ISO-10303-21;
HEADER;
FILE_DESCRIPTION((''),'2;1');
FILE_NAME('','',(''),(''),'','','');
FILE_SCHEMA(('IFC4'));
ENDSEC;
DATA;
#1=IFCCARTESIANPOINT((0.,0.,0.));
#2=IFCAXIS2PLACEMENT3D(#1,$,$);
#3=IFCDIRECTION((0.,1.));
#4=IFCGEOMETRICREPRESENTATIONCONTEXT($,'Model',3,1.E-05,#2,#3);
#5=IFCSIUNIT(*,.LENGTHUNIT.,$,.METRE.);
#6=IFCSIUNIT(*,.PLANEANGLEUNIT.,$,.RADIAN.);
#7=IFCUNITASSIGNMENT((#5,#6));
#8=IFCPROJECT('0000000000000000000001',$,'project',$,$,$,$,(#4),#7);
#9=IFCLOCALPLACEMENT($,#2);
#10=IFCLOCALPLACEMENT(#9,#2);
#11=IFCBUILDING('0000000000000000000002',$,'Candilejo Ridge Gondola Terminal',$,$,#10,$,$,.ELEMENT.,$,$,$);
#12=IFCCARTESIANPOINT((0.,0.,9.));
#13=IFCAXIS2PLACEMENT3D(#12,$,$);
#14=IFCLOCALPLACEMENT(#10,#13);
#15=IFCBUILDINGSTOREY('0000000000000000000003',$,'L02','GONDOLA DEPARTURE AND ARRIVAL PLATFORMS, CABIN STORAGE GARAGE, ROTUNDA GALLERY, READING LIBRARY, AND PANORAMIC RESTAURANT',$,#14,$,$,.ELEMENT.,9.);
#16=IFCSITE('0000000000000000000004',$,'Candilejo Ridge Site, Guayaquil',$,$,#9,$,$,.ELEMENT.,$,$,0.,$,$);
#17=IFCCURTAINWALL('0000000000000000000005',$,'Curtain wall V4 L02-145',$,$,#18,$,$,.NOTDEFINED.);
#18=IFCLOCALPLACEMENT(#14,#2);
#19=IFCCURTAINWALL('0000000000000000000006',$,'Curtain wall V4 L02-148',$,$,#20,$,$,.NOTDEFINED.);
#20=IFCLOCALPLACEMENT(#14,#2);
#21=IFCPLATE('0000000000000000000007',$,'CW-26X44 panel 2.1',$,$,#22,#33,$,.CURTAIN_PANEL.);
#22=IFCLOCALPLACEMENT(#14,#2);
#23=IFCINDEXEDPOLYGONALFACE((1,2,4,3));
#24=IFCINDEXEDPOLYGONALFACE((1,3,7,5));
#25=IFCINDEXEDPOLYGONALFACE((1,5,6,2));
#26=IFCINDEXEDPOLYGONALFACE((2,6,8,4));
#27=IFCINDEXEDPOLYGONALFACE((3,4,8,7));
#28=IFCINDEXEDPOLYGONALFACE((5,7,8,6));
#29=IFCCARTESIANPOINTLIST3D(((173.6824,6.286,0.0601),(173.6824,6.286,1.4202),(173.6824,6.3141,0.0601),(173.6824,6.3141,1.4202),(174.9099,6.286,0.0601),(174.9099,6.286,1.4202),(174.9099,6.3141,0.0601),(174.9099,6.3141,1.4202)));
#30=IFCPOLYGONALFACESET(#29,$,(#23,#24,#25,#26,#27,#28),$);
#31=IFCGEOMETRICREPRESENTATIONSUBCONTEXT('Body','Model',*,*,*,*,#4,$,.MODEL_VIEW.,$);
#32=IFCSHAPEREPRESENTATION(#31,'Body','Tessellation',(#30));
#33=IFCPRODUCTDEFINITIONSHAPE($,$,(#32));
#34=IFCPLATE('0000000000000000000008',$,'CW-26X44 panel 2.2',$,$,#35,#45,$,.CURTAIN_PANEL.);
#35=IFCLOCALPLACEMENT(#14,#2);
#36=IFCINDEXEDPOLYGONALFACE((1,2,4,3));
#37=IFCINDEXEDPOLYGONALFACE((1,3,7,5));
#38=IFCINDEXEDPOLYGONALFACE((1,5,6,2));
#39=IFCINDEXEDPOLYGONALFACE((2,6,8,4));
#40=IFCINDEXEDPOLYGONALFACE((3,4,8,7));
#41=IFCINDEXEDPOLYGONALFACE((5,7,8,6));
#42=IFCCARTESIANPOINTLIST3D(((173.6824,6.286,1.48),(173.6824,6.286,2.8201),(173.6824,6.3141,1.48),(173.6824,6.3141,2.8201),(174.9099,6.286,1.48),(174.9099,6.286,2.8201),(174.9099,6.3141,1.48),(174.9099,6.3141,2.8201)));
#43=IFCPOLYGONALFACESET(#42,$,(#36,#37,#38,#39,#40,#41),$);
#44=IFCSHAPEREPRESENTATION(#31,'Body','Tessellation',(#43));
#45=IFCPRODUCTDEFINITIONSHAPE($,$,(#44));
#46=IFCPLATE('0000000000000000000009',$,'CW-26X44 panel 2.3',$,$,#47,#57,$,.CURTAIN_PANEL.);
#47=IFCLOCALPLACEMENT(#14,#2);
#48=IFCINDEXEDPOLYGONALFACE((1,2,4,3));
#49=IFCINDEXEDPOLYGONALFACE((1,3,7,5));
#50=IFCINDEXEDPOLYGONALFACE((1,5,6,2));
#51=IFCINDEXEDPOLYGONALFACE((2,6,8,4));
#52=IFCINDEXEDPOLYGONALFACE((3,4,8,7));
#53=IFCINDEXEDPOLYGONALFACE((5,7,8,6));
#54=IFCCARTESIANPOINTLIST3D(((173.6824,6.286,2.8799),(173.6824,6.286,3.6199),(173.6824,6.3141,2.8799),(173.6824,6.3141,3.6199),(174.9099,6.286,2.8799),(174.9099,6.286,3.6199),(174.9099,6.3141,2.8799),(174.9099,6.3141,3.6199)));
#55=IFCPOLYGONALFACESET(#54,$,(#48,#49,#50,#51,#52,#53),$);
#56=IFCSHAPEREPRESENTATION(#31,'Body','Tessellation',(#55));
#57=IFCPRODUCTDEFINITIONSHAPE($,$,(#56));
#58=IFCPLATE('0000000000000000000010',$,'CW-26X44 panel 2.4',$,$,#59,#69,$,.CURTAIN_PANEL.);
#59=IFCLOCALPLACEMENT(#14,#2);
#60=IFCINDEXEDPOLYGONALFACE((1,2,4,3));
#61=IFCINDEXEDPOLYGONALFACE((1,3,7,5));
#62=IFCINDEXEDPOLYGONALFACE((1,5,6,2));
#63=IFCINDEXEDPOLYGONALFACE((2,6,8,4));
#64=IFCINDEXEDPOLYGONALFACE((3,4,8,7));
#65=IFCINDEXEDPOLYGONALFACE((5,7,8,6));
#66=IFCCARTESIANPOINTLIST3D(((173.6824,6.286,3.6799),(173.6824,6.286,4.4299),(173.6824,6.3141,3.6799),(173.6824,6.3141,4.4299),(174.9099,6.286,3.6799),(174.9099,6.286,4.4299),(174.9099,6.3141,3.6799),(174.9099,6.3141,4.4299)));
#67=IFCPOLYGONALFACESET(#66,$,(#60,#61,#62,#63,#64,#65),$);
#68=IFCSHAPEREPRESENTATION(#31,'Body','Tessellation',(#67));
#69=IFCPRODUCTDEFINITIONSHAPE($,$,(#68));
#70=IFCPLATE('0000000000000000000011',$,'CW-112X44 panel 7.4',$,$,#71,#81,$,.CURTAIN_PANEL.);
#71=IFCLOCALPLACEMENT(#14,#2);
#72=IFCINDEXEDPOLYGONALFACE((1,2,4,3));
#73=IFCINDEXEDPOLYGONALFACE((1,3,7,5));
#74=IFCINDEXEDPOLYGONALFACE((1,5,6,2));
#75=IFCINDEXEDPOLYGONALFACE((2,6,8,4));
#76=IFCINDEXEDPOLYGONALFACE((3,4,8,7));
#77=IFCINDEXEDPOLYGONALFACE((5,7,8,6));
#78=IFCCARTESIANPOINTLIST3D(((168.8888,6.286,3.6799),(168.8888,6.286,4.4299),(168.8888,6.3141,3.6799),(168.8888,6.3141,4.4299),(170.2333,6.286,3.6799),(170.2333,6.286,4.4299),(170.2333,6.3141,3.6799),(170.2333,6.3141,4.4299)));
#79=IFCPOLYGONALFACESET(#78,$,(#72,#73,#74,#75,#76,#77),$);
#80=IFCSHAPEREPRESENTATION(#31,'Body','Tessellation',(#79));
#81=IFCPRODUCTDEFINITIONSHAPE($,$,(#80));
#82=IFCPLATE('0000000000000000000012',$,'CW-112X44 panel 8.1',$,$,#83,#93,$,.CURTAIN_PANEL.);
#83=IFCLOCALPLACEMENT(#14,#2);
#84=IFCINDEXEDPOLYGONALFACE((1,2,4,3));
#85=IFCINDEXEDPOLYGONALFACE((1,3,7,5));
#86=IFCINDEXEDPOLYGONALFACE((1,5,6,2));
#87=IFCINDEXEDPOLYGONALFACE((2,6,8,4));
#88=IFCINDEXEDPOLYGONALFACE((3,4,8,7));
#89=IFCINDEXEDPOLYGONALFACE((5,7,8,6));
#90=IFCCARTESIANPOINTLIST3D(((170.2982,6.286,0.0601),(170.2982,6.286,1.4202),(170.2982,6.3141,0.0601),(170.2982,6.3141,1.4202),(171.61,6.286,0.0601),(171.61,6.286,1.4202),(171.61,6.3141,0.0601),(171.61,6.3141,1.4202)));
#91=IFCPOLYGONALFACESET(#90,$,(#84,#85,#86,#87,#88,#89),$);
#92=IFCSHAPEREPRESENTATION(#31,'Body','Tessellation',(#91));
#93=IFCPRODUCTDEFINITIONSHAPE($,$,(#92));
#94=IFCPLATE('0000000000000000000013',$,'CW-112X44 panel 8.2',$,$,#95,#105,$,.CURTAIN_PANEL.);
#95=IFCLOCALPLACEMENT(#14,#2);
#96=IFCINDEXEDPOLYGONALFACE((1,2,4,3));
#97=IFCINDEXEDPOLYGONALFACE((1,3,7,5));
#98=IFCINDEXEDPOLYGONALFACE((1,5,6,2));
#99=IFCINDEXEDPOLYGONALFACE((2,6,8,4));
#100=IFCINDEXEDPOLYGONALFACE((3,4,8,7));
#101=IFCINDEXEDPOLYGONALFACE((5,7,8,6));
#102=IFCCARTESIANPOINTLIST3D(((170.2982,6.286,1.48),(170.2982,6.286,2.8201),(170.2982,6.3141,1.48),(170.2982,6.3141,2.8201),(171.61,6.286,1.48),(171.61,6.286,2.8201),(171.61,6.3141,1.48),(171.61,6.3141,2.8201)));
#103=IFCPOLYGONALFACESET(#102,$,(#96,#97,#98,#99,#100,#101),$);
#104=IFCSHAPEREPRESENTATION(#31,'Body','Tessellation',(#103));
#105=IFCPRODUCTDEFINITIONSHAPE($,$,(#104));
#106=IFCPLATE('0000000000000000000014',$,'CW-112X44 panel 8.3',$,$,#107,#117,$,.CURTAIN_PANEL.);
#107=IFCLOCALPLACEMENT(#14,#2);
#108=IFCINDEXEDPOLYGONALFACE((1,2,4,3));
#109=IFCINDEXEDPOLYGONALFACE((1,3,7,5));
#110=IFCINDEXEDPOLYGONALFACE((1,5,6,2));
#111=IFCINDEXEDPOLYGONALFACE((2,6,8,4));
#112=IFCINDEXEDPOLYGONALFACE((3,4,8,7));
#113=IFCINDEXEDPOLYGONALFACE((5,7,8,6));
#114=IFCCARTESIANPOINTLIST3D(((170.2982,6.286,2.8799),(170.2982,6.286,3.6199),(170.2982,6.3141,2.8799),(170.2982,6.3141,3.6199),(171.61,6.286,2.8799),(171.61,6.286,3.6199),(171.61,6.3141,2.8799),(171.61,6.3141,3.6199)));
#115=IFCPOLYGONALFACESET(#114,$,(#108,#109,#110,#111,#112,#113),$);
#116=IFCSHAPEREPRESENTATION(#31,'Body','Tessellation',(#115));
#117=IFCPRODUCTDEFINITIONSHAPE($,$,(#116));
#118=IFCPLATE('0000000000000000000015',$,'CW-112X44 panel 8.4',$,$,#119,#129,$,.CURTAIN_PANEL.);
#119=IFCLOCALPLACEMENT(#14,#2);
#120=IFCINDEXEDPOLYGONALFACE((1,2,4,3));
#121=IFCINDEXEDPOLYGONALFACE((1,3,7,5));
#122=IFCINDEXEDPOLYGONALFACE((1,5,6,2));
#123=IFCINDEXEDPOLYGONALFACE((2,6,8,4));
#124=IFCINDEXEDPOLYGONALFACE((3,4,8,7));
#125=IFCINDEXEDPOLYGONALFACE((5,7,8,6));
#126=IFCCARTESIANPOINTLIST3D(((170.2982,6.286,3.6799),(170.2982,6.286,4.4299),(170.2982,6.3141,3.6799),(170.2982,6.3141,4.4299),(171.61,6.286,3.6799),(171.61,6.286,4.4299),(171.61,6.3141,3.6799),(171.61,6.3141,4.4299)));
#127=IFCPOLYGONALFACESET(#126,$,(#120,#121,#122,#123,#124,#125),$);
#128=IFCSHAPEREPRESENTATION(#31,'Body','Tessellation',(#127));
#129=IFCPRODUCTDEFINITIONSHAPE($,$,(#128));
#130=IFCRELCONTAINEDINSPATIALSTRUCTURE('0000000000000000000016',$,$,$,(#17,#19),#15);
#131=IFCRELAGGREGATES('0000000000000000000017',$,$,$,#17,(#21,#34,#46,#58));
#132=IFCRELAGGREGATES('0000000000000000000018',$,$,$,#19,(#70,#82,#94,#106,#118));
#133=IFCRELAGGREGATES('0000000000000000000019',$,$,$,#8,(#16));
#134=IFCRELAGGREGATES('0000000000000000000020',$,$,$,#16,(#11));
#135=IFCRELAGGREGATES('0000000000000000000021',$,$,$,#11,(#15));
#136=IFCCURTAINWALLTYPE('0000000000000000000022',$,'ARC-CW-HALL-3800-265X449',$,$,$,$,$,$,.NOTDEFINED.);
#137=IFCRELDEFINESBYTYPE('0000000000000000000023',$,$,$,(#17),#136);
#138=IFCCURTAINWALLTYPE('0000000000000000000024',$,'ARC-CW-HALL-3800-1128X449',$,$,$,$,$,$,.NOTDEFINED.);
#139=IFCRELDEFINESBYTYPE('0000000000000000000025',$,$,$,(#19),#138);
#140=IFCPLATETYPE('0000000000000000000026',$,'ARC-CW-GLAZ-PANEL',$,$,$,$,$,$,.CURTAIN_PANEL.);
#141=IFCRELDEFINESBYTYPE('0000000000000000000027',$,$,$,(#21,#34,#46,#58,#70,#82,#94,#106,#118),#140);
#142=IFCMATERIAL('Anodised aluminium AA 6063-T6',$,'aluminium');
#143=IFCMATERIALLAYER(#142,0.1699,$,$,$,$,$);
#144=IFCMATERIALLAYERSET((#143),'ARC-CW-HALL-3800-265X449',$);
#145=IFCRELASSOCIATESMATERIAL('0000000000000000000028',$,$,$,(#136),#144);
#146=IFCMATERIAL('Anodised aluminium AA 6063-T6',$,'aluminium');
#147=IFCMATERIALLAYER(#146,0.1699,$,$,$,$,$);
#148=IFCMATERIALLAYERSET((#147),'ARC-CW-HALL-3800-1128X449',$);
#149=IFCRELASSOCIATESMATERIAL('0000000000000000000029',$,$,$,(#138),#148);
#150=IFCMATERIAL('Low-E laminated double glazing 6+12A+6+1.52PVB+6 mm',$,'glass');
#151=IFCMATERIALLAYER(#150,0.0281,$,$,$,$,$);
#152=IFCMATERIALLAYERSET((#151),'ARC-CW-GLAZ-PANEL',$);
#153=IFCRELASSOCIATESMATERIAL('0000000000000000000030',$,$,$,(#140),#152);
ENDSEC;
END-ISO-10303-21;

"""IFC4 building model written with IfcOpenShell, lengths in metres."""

from ifc_helpers import new_model, si_unit, direction, frame, origin, origin_2d, place, context, subcontext, project, spatial, rectangle, extrude, material, layer, layer_set, type_object, element, aggregate, save


model = new_model("IFC4")

# Units and contexts
model_context = context("Model", 3, precision=1e-05, world=origin(), true_north=direction((0.0, 1.0)))
body_context = subcontext(model_context, "Body", "Model", "MODEL_VIEW")
ifc_project = project(units=[si_unit("LENGTHUNIT", "METRE"), si_unit("PLANEANGLEUNIT", "RADIAN")], contexts=[model_context])

# Site, building, storey
site_placement = place(None, origin())
site = spatial("IfcSite", under=ifc_project, at=site_placement, Name="Candilejo Ridge Site, Guayaquil", CompositionType="ELEMENT", RefElevation=0.0)
building_placement = place(site_placement, origin())
building = spatial("IfcBuilding", under=site, at=building_placement, Name="Candilejo Ridge Gondola Terminal", CompositionType="ELEMENT")
storey_placement = place(building_placement, frame((0.0, 0.0, 9.0)))
storey = spatial("IfcBuildingStorey", under=building, at=storey_placement, Name="L02", Description="GONDOLA DEPARTURE AND ARRIVAL PLATFORMS, CABIN STORAGE GARAGE, ROTUNDA GALLERY, READING LIBRARY, AND PANORAMIC RESTAURANT", CompositionType="ELEMENT", Elevation=9.0)

# Curtain walls
ifc_material_1 = material(Name="Anodised aluminium AA 6063-T6", Category="aluminium")
ifc_layer_1 = layer(ifc_material_1, 0.1699)
ifc_layer_set_1 = layer_set([ifc_layer_1], Name="ARC-CW-HALL-3800-265X449")
curtain_wall_type_1 = type_object("IfcCurtainWallType", Name="ARC-CW-HALL-3800-265X449", PredefinedType="NOTDEFINED", material=ifc_layer_set_1)
curtain_wall_1_placement = place(storey_placement, origin())
curtain_wall_1 = element("IfcCurtainWall", 1, at=curtain_wall_1_placement, inside=storey, type_object=curtain_wall_type_1, Name="Curtain wall V4 L02-145", PredefinedType="NOTDEFINED")
ifc_material_2 = material(Name="Anodised aluminium AA 6063-T6", Category="aluminium")
ifc_layer_2 = layer(ifc_material_2, 0.1699)
ifc_layer_set_2 = layer_set([ifc_layer_2], Name="ARC-CW-HALL-3800-1128X449")
curtain_wall_type_2 = type_object("IfcCurtainWallType", Name="ARC-CW-HALL-3800-1128X449", PredefinedType="NOTDEFINED", material=ifc_layer_set_2)
curtain_wall_2_placement = place(storey_placement, origin())
curtain_wall_2 = element("IfcCurtainWall", 2, at=curtain_wall_2_placement, inside=storey, type_object=curtain_wall_type_2, Name="Curtain wall V4 L02-148", PredefinedType="NOTDEFINED")

# Plates
ifc_material_3 = material(Name="Low-E laminated double glazing 6+12A+6+1.52PVB+6 mm", Category="glass")
ifc_layer_3 = layer(ifc_material_3, 0.0281)
ifc_layer_set_3 = layer_set([ifc_layer_3], Name="ARC-CW-GLAZ-PANEL")
plate_type = type_object("IfcPlateType", Name="ARC-CW-GLAZ-PANEL", PredefinedType="CURTAIN_PANEL", material=ifc_layer_set_3)
plate_1_placement = place(storey_placement, frame((174.2961, 6.3, 0.0601), z_axis=(0.0, 0.0, 1.0), x_axis=(1.0, 0.0, 0.0)))
plate_1 = element("IfcPlate", 3, at=plate_1_placement, type_object=plate_type, Name="CW-26X44 panel 2.1", PredefinedType="CURTAIN_PANEL", context=body_context, shape_type="SweptSolid", body=[
    extrude(rectangle(XDim=1.2275, YDim=0.0281, at=origin_2d()), origin(), (0.0, 0.0, 1.0), 1.3601),
])
plate_2_placement = place(storey_placement, frame((174.2961, 6.3, 1.48), z_axis=(0.0, 0.0, 1.0), x_axis=(1.0, 0.0, 0.0)))
plate_2 = element("IfcPlate", 4, at=plate_2_placement, type_object=plate_type, Name="CW-26X44 panel 2.2", PredefinedType="CURTAIN_PANEL", context=body_context, shape_type="SweptSolid", body=[
    extrude(rectangle(XDim=1.2275, YDim=0.0281, at=origin_2d()), origin(), (0.0, 0.0, 1.0), 1.3401),
])
plate_3_placement = place(storey_placement, frame((174.2961, 6.3, 2.8799), z_axis=(0.0, 0.0, 1.0), x_axis=(1.0, 0.0, 0.0)))
plate_3 = element("IfcPlate", 5, at=plate_3_placement, type_object=plate_type, Name="CW-26X44 panel 2.3", PredefinedType="CURTAIN_PANEL", context=body_context, shape_type="SweptSolid", body=[
    extrude(rectangle(XDim=1.2275, YDim=0.0281, at=origin_2d()), origin(), (0.0, 0.0, 1.0), 0.74),
])
plate_4_placement = place(storey_placement, frame((174.2961, 6.3, 3.6799), z_axis=(0.0, 0.0, 1.0), x_axis=(1.0, 0.0, 0.0)))
plate_4 = element("IfcPlate", 6, at=plate_4_placement, type_object=plate_type, Name="CW-26X44 panel 2.4", PredefinedType="CURTAIN_PANEL", context=body_context, shape_type="SweptSolid", body=[
    extrude(rectangle(XDim=1.2275, YDim=0.0281, at=origin_2d()), origin(), (0.0, 0.0, 1.0), 0.75),
])
aggregate(curtain_wall_1, [plate_1, plate_2, plate_3, plate_4])
plate_5_placement = place(storey_placement, frame((169.561, 6.3, 3.6799), z_axis=(0.0, 0.0, 1.0), x_axis=(1.0, 0.0, 0.0)))
plate_5 = element("IfcPlate", 7, at=plate_5_placement, type_object=plate_type, Name="CW-112X44 panel 7.4", PredefinedType="CURTAIN_PANEL", context=body_context, shape_type="SweptSolid", body=[
    extrude(rectangle(XDim=1.3445, YDim=0.0281, at=origin_2d()), origin(), (0.0, 0.0, 1.0), 0.75),
])
plate_6_placement = place(storey_placement, frame((170.9541, 6.3, 0.0601), z_axis=(0.0, 0.0, 1.0), x_axis=(1.0, 0.0, 0.0)))
plate_6 = element("IfcPlate", 8, at=plate_6_placement, type_object=plate_type, Name="CW-112X44 panel 8.1", PredefinedType="CURTAIN_PANEL", context=body_context, shape_type="SweptSolid", body=[
    extrude(rectangle(XDim=1.3118, YDim=0.0281, at=origin_2d()), origin(), (0.0, 0.0, 1.0), 1.3601),
])
plate_7_placement = place(storey_placement, frame((170.9541, 6.3, 1.48), z_axis=(0.0, 0.0, 1.0), x_axis=(1.0, 0.0, 0.0)))
plate_7 = element("IfcPlate", 9, at=plate_7_placement, type_object=plate_type, Name="CW-112X44 panel 8.2", PredefinedType="CURTAIN_PANEL", context=body_context, shape_type="SweptSolid", body=[
    extrude(rectangle(XDim=1.3118, YDim=0.0281, at=origin_2d()), origin(), (0.0, 0.0, 1.0), 1.3401),
])
plate_8_placement = place(storey_placement, frame((170.9541, 6.3, 2.8799), z_axis=(0.0, 0.0, 1.0), x_axis=(1.0, 0.0, 0.0)))
plate_8 = element("IfcPlate", 10, at=plate_8_placement, type_object=plate_type, Name="CW-112X44 panel 8.3", PredefinedType="CURTAIN_PANEL", context=body_context, shape_type="SweptSolid", body=[
    extrude(rectangle(XDim=1.3118, YDim=0.0281, at=origin_2d()), origin(), (0.0, 0.0, 1.0), 0.74),
])
plate_9_placement = place(storey_placement, frame((170.9541, 6.3, 3.6799), z_axis=(0.0, 0.0, 1.0), x_axis=(1.0, 0.0, 0.0)))
plate_9 = element("IfcPlate", 11, at=plate_9_placement, type_object=plate_type, Name="CW-112X44 panel 8.4", PredefinedType="CURTAIN_PANEL", context=body_context, shape_type="SweptSolid", body=[
    extrude(rectangle(XDim=1.3118, YDim=0.0281, at=origin_2d()), origin(), (0.0, 0.0, 1.0), 0.75),
])
aggregate(curtain_wall_2, [plate_5, plate_6, plate_7, plate_8, plate_9])

save(model, "model.ifc")
